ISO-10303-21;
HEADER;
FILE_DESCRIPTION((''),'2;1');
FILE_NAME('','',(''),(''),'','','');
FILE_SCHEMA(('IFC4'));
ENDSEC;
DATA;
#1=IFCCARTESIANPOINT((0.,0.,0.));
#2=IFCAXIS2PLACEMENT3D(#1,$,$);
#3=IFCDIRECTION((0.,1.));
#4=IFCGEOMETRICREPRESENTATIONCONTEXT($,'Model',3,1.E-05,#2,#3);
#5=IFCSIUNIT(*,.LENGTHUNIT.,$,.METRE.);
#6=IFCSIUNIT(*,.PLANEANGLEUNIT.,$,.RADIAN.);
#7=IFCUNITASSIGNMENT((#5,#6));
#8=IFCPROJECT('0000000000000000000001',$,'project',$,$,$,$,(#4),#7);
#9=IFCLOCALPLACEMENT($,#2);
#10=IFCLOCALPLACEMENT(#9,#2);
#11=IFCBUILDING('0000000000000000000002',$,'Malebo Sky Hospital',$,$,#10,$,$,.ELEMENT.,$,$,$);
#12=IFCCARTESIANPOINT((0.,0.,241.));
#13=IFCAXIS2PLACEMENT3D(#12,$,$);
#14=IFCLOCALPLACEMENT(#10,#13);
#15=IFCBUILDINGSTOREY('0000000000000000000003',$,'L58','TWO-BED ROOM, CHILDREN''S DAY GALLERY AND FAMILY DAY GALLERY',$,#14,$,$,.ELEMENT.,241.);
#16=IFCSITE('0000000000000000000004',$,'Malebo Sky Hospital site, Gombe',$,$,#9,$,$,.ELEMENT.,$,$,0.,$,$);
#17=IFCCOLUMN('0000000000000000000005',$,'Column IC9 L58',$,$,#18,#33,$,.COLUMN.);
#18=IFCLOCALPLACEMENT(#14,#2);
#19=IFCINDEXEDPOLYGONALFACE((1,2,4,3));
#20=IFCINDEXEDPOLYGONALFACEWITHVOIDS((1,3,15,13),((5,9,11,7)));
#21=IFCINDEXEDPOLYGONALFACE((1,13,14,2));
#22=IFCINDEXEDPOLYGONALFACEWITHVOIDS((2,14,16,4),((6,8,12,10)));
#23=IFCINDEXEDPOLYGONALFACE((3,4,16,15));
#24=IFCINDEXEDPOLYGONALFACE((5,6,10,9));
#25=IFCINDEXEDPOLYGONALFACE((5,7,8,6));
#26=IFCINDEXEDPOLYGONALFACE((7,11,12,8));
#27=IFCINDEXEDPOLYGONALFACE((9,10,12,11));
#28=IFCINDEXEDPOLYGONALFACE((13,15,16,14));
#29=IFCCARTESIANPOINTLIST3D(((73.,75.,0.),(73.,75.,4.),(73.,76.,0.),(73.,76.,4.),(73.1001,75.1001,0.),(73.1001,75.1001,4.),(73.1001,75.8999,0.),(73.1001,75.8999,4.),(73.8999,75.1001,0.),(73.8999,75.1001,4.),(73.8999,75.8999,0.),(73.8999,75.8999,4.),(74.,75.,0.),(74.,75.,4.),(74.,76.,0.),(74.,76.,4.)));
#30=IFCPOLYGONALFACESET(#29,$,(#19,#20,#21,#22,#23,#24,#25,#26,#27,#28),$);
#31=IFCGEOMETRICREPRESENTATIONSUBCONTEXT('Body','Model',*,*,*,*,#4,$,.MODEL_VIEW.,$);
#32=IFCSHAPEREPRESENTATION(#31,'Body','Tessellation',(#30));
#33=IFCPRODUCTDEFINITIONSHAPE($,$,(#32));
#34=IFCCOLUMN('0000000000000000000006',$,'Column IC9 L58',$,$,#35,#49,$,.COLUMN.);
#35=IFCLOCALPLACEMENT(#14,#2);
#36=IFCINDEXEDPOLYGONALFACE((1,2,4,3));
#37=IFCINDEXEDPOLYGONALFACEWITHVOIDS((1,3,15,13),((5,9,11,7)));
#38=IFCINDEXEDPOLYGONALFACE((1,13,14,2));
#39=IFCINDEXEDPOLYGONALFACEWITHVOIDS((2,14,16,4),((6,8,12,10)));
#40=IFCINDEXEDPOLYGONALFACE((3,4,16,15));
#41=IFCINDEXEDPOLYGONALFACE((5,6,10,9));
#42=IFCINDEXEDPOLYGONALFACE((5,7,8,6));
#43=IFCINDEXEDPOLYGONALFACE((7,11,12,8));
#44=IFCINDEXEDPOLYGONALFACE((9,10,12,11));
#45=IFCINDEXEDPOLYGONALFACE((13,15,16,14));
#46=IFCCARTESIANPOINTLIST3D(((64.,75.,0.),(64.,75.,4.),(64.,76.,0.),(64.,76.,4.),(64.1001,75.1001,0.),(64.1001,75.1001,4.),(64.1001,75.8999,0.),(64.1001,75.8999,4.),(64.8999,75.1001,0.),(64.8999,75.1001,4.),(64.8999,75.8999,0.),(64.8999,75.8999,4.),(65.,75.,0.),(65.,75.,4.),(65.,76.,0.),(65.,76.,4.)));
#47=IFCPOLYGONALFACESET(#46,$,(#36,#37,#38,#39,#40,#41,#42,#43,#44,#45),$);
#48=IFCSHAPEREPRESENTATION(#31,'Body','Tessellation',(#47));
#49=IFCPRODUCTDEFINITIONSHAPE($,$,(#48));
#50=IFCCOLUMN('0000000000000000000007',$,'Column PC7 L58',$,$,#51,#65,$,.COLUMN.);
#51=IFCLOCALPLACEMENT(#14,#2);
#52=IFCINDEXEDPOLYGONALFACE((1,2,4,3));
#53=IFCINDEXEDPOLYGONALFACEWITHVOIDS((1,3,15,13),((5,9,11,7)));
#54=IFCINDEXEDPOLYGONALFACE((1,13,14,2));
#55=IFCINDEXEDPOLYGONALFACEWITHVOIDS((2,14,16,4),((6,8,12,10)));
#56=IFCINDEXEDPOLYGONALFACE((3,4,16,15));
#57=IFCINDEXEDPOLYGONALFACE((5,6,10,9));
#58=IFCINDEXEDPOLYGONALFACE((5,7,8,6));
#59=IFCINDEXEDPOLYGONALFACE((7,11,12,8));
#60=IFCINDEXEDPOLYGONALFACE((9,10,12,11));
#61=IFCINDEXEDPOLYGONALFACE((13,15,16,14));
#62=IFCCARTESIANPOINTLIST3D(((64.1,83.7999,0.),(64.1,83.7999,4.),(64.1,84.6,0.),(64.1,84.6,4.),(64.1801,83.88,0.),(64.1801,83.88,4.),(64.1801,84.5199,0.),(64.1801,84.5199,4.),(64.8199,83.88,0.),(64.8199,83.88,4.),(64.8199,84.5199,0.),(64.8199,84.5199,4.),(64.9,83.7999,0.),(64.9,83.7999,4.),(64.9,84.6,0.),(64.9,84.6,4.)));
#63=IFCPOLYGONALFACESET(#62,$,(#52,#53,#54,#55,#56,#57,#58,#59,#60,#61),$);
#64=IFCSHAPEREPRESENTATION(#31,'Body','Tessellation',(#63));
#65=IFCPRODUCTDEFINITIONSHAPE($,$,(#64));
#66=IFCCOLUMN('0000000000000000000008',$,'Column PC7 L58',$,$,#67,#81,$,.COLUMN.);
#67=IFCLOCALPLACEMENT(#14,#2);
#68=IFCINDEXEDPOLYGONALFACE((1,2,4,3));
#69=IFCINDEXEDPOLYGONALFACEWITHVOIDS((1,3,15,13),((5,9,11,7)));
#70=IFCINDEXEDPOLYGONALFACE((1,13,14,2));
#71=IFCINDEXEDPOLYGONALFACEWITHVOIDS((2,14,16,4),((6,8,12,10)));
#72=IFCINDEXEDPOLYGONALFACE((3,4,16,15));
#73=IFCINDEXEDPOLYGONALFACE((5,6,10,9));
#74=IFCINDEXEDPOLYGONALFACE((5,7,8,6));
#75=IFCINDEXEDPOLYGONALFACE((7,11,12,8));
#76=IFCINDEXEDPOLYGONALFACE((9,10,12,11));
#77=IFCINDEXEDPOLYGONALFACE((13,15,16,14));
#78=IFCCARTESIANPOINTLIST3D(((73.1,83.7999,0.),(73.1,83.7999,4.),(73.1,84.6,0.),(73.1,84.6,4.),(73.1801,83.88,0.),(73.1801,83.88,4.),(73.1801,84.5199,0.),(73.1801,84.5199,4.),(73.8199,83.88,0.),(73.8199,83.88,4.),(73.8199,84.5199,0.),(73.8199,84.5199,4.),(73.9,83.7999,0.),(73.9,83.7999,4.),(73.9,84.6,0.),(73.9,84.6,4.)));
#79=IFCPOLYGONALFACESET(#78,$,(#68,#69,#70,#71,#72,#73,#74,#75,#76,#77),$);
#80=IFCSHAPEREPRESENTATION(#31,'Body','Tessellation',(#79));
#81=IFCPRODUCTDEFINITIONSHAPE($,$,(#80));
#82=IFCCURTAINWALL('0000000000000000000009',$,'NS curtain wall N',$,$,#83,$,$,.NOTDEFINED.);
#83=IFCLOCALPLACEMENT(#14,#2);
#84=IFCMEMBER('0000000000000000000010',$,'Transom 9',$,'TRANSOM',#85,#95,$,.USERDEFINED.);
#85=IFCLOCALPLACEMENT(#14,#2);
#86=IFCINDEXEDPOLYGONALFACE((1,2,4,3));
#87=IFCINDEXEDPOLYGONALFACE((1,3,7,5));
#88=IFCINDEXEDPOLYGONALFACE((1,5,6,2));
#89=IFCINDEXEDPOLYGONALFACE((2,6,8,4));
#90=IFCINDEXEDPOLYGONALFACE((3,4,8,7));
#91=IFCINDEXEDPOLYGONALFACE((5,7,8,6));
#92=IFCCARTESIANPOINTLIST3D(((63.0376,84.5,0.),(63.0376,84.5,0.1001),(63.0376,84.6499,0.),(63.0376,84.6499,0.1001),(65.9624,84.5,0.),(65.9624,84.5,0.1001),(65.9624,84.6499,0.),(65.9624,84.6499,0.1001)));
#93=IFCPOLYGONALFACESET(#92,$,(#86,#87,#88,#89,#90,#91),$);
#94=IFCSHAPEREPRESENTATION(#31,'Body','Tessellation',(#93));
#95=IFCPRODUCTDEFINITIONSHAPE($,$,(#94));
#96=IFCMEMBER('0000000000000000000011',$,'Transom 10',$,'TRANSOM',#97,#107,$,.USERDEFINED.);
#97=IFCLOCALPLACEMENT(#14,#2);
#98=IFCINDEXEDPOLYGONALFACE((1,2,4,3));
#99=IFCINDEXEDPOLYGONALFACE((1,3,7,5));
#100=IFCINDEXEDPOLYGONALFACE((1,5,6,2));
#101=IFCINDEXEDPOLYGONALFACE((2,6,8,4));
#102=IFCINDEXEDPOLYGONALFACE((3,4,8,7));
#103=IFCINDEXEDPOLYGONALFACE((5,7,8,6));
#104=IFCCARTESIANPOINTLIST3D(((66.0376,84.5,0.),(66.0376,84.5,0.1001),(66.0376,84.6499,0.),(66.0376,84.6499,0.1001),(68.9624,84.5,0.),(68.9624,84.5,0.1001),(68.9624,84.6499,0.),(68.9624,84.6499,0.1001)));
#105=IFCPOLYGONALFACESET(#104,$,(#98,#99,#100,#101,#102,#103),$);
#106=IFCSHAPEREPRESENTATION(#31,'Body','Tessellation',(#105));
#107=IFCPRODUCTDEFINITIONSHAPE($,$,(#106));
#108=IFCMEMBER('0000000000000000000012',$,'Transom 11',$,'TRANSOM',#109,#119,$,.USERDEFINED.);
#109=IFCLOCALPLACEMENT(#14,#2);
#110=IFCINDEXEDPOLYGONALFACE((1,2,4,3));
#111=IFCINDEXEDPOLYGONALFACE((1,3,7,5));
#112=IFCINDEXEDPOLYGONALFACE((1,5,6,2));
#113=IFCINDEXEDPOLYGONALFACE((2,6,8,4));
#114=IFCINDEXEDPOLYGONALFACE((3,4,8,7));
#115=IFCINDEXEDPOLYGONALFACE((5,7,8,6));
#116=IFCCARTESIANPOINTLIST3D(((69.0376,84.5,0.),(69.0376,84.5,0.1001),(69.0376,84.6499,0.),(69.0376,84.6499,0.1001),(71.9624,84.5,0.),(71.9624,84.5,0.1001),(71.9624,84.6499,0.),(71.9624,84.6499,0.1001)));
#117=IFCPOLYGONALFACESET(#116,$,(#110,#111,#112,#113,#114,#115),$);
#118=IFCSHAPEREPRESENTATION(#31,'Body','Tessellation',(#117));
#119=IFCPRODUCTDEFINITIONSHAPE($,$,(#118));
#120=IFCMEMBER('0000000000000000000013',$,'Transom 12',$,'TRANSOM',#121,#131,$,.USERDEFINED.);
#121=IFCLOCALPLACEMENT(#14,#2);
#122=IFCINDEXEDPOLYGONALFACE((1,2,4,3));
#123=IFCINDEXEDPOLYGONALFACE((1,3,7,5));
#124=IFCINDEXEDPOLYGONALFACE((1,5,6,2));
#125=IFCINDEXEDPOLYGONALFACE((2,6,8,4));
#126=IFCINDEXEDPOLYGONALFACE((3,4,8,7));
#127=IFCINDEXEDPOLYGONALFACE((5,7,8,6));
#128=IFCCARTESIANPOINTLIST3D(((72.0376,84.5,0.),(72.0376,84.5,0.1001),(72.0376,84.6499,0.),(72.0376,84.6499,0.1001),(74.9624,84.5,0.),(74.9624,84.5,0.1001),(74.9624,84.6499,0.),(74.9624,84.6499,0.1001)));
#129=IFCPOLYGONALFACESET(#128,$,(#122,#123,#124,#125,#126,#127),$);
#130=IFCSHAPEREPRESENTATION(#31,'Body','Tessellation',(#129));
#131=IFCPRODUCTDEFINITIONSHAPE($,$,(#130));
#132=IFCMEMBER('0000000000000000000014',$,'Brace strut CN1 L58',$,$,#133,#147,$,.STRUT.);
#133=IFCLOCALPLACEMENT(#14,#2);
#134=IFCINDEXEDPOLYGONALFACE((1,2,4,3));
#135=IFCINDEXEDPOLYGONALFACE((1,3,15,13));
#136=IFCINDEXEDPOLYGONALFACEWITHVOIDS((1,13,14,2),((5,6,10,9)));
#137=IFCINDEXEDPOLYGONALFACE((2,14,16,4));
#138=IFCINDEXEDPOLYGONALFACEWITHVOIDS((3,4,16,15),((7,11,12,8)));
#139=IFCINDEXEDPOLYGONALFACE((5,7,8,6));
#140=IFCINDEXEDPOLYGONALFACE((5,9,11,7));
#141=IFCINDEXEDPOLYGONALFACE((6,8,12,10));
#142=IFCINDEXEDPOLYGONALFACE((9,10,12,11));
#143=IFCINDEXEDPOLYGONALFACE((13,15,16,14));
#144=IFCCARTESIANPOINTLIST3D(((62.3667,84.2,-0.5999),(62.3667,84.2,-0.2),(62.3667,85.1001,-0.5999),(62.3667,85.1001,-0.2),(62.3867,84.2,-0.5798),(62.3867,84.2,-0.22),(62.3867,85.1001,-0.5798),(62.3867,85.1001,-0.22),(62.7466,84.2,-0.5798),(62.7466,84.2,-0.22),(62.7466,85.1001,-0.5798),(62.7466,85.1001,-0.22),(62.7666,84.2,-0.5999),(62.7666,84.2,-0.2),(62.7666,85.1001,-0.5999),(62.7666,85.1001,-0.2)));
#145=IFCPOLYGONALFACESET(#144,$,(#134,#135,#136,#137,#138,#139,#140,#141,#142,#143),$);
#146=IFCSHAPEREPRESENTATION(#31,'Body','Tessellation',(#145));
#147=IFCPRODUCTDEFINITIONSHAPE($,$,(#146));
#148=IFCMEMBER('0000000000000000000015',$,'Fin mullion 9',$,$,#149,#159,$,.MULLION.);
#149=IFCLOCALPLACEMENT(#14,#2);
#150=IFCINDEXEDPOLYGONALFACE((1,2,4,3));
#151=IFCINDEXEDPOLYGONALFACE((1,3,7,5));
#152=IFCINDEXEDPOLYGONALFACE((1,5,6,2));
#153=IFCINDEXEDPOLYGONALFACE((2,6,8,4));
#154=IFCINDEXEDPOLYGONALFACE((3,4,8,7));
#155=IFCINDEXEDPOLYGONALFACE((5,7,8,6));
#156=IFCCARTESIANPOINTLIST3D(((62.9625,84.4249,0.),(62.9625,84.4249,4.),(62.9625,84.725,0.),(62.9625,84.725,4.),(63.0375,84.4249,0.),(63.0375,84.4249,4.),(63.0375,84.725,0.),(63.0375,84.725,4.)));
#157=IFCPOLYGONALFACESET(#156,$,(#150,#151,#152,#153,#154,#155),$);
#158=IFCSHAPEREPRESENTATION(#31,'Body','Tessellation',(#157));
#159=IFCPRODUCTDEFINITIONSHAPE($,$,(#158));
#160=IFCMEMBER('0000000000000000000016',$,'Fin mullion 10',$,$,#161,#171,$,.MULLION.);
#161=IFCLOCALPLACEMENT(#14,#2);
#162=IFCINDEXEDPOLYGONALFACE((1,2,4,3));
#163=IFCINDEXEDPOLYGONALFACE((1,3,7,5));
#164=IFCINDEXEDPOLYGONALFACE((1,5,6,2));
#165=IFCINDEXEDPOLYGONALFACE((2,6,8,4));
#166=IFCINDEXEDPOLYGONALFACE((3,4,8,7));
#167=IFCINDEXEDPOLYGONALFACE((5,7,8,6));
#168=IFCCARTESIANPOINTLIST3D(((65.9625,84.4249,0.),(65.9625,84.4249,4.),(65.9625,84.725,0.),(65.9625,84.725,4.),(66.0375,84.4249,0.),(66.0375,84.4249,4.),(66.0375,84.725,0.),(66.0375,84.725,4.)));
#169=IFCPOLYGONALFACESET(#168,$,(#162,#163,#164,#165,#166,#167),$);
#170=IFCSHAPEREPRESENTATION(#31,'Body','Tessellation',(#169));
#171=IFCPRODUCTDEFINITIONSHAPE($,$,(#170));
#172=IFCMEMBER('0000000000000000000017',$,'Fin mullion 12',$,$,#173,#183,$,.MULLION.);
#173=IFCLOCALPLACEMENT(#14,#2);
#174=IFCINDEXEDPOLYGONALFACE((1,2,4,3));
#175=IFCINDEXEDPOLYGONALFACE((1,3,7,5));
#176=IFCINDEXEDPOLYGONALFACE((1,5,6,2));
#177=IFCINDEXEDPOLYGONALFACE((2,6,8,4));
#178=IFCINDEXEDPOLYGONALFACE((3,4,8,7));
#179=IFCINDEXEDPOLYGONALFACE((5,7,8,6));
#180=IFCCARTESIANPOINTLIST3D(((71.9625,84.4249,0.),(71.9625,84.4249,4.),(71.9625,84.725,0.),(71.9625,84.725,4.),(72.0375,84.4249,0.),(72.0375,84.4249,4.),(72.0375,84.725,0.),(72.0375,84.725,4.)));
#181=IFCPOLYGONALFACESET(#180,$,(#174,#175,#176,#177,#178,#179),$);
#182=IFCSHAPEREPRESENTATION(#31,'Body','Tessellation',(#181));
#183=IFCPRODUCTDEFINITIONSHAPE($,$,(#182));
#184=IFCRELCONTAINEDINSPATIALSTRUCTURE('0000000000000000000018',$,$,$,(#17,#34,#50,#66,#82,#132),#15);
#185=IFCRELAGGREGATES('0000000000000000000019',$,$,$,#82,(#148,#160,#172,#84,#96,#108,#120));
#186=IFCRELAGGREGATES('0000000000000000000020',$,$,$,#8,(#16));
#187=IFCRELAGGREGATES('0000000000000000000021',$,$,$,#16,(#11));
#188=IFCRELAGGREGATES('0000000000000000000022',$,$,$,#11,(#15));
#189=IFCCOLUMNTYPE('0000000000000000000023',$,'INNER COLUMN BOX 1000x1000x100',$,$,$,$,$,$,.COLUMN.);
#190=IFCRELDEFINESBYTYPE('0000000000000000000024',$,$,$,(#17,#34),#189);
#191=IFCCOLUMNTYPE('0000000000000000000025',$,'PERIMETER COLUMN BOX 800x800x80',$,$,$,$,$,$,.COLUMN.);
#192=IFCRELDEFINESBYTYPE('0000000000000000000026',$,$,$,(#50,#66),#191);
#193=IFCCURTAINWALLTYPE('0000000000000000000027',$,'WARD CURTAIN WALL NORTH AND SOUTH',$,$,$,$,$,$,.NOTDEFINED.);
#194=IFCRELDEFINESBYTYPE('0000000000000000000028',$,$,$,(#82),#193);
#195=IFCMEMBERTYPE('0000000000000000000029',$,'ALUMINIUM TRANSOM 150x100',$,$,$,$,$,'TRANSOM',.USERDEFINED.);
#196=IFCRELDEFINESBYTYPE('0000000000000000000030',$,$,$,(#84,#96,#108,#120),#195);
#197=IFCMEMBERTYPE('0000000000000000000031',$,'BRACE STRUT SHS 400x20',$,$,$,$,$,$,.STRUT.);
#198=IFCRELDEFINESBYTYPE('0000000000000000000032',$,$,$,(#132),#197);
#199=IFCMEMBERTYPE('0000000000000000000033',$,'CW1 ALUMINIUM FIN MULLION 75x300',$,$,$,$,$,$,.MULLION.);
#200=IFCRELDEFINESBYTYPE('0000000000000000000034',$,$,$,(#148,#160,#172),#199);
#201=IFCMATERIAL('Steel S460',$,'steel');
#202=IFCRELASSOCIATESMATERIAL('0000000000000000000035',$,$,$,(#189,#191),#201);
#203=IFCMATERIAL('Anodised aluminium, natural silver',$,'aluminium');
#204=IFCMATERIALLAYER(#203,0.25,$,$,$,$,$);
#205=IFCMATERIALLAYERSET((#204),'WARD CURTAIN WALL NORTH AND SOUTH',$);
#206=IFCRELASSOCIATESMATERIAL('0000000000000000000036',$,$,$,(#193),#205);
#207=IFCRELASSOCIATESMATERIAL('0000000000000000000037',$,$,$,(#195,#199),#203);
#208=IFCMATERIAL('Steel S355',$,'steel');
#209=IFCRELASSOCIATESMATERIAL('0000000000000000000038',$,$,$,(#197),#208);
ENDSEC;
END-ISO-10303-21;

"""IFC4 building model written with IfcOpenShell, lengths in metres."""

from ifc_helpers import new_model, si_unit, direction, frame, origin, origin_2d, place, context, subcontext, project, spatial, rectangle, hollow_rectangle, extrude, material, layer, layer_set, material_profile, profile_set, type_object, element, aggregate, save


model = new_model("IFC4")

# Units and contexts
model_context = context("Model", 3, precision=1e-05, world=origin(), true_north=direction((0.0, 1.0)))
body_context = subcontext(model_context, "Body", "Model", "MODEL_VIEW")
ifc_project = project(units=[si_unit("LENGTHUNIT", "METRE"), si_unit("PLANEANGLEUNIT", "RADIAN")], contexts=[model_context])

# Site, building, storey
site_placement = place(None, origin())
site = spatial("IfcSite", under=ifc_project, at=site_placement, Name="Malebo Sky Hospital site, Gombe", CompositionType="ELEMENT", RefElevation=0.0)
building_placement = place(site_placement, origin())
building = spatial("IfcBuilding", under=site, at=building_placement, Name="Malebo Sky Hospital", CompositionType="ELEMENT")
storey_placement = place(building_placement, frame((0.0, 0.0, 241.0)))
storey = spatial("IfcBuildingStorey", under=building, at=storey_placement, Name="L58", Description="TWO-BED ROOM, CHILDREN'S DAY GALLERY AND FAMILY DAY GALLERY", CompositionType="ELEMENT", Elevation=241.0)

# Columns
ifc_material_1 = material(Name="Steel S460", Category="steel")
ifc_material_profile_1 = material_profile(ifc_material_1, hollow_rectangle(XDim=1.0, YDim=1.0, WallThickness=0.1001, at=origin_2d()), Name="BOX 1000x1000x100")
ifc_profile_set_1 = profile_set([ifc_material_profile_1], Name="Steel S460")
column_type_1 = type_object("IfcColumnType", Name="INNER COLUMN BOX 1000x1000x100", PredefinedType="COLUMN", material=ifc_profile_set_1)
for number, where, z_axis, x_axis, name in (
    (1, (73.5, 75.5, 0.0), (0.0, 0.0, 1.0), (1.0, 0.0, 0.0), "Column IC9 L58"),
    (2, (64.5, 75.5, 0.0), (0.0, 0.0, 1.0), (1.0, 0.0, 0.0), "Column IC9 L58"),
):
    element("IfcColumn", number, at=place(storey_placement, frame(where, z_axis=z_axis, x_axis=x_axis)), inside=storey, type_object=column_type_1, Name=name, PredefinedType="COLUMN", context=body_context, shape_type="SweptSolid", body=[
        extrude(hollow_rectangle(XDim=1.0, YDim=1.0, WallThickness=0.1001, at=origin_2d()), origin(), (0.0, 0.0, 1.0), 4.0),
    ])
ifc_material_profile_2 = material_profile(ifc_material_1, hollow_rectangle(XDim=0.8, YDim=0.8, WallThickness=0.0801, at=origin_2d()), Name="BOX 800x800x80")
ifc_profile_set_2 = profile_set([ifc_material_profile_2], Name="Steel S460")
column_type_2 = type_object("IfcColumnType", Name="PERIMETER COLUMN BOX 800x800x80", PredefinedType="COLUMN", material=ifc_profile_set_2)
for number, where, z_axis, x_axis, name in (
    (3, (64.5, 84.2, 0.0), (0.0, 0.0, 1.0), (1.0, 0.0, 0.0), "Column PC7 L58"),
    (4, (73.5, 84.2, 0.0), (0.0, 0.0, 1.0), (1.0, 0.0, 0.0), "Column PC7 L58"),
):
    element("IfcColumn", number, at=place(storey_placement, frame(where, z_axis=z_axis, x_axis=x_axis)), inside=storey, type_object=column_type_2, Name=name, PredefinedType="COLUMN", context=body_context, shape_type="SweptSolid", body=[
        extrude(hollow_rectangle(XDim=0.8, YDim=0.8, WallThickness=0.0801, at=origin_2d()), origin(), (0.0, 0.0, 1.0), 4.0),
    ])

# Curtain wall, members
ifc_material_2 = material(Name="Anodised aluminium, natural silver", Category="aluminium")
ifc_layer_1 = layer(ifc_material_2, 0.25)
ifc_layer_set_1 = layer_set([ifc_layer_1], Name="WARD CURTAIN WALL NORTH AND SOUTH")
curtain_wall_type = type_object("IfcCurtainWallType", Name="WARD CURTAIN WALL NORTH AND SOUTH", PredefinedType="NOTDEFINED", material=ifc_layer_set_1)
curtain_wall_placement = place(storey_placement, origin())
curtain_wall = element("IfcCurtainWall", 5, at=curtain_wall_placement, inside=storey, type_object=curtain_wall_type, Name="NS curtain wall N", PredefinedType="NOTDEFINED")
ifc_material_profile_3 = material_profile(ifc_material_2, rectangle(XDim=0.1499, YDim=0.1001, at=origin_2d()), Name="ALUMINIUM TRANSOM 150x100")
ifc_profile_set_3 = profile_set([ifc_material_profile_3], Name="Anodised aluminium, natural silver")
member_type_1 = type_object("IfcMemberType", Name="ALUMINIUM TRANSOM 150x100", ElementType="TRANSOM", PredefinedType="USERDEFINED", material=ifc_profile_set_3)
member_1_placement = place(storey_placement, frame((63.0376, 84.575, 0.05), z_axis=(1.0, 0.0, 0.0), x_axis=(0.0, 1.0, 0.0)))
member_1 = element("IfcMember", 6, at=member_1_placement, type_object=member_type_1, Name="Transom 9", ObjectType="TRANSOM", PredefinedType="USERDEFINED", context=body_context, shape_type="SweptSolid", body=[
    extrude(rectangle(XDim=0.1499, YDim=0.1001, at=origin_2d()), origin(), (0.0, 0.0, 1.0), 2.9248),
])
member_2_placement = place(storey_placement, frame((66.0376, 84.575, 0.05), z_axis=(1.0, 0.0, 0.0), x_axis=(0.0, 1.0, 0.0)))
member_2 = element("IfcMember", 7, at=member_2_placement, type_object=member_type_1, Name="Transom 10", ObjectType="TRANSOM", PredefinedType="USERDEFINED", context=body_context, shape_type="SweptSolid", body=[
    extrude(rectangle(XDim=0.1499, YDim=0.1001, at=origin_2d()), origin(), (0.0, 0.0, 1.0), 2.9248),
])
member_3_placement = place(storey_placement, frame((69.0376, 84.575, 0.05), z_axis=(1.0, 0.0, 0.0), x_axis=(0.0, 1.0, 0.0)))
member_3 = element("IfcMember", 8, at=member_3_placement, type_object=member_type_1, Name="Transom 11", ObjectType="TRANSOM", PredefinedType="USERDEFINED", context=body_context, shape_type="SweptSolid", body=[
    extrude(rectangle(XDim=0.1499, YDim=0.1001, at=origin_2d()), origin(), (0.0, 0.0, 1.0), 2.9248),
])
member_4_placement = place(storey_placement, frame((72.0376, 84.575, 0.05), z_axis=(1.0, 0.0, 0.0), x_axis=(0.0, 1.0, 0.0)))
member_4 = element("IfcMember", 9, at=member_4_placement, type_object=member_type_1, Name="Transom 12", ObjectType="TRANSOM", PredefinedType="USERDEFINED", context=body_context, shape_type="SweptSolid", body=[
    extrude(rectangle(XDim=0.1499, YDim=0.1001, at=origin_2d()), origin(), (0.0, 0.0, 1.0), 2.9248),
])

# Members
ifc_material_3 = material(Name="Steel S355", Category="steel")
ifc_material_profile_4 = material_profile(ifc_material_3, hollow_rectangle(XDim=0.3999, YDim=0.3999, WallThickness=0.02, at=origin_2d()), Name="SHS 400x20")
ifc_profile_set_4 = profile_set([ifc_material_profile_4], Name="Steel S355")
member_type_2 = type_object("IfcMemberType", Name="BRACE STRUT SHS 400x20", PredefinedType="STRUT", material=ifc_profile_set_4)
member_5_placement = place(storey_placement, frame((62.5667, 85.1001, -0.3999), z_axis=(0.0, -1.0, 0.0), x_axis=(1.0, 0.0, 0.0)))
element("IfcMember", 10, at=member_5_placement, inside=storey, type_object=member_type_2, Name="Brace strut CN1 L58", PredefinedType="STRUT", context=body_context, shape_type="SweptSolid", body=[
    extrude(hollow_rectangle(XDim=0.3999, YDim=0.3999, WallThickness=0.02, at=origin_2d()), origin(), (0.0, 0.0, 1.0), 0.9001),
])
ifc_material_profile_5 = material_profile(ifc_material_2, rectangle(XDim=0.075, YDim=0.3, at=origin_2d()), Name="CW1 ALUMINIUM FIN MULLION 75x300")
ifc_profile_set_5 = profile_set([ifc_material_profile_5], Name="Anodised aluminium, natural silver")
member_type_3 = type_object("IfcMemberType", Name="CW1 ALUMINIUM FIN MULLION 75x300", PredefinedType="MULLION", material=ifc_profile_set_5)
member_6_placement = place(storey_placement, frame((63.0, 84.575, 0.0), z_axis=(0.0, 0.0, 1.0), x_axis=(1.0, 0.0, 0.0)))
member_6 = element("IfcMember", 11, at=member_6_placement, type_object=member_type_3, Name="Fin mullion 9", PredefinedType="MULLION", context=body_context, shape_type="SweptSolid", body=[
    extrude(rectangle(XDim=0.075, YDim=0.3, at=origin_2d()), origin(), (0.0, 0.0, 1.0), 4.0),
])
member_7_placement = place(storey_placement, frame((66.0, 84.575, 0.0), z_axis=(0.0, 0.0, 1.0), x_axis=(1.0, 0.0, 0.0)))
member_7 = element("IfcMember", 12, at=member_7_placement, type_object=member_type_3, Name="Fin mullion 10", PredefinedType="MULLION", context=body_context, shape_type="SweptSolid", body=[
    extrude(rectangle(XDim=0.075, YDim=0.3, at=origin_2d()), origin(), (0.0, 0.0, 1.0), 4.0),
])
member_8_placement = place(storey_placement, frame((72.0, 84.575, 0.0), z_axis=(0.0, 0.0, 1.0), x_axis=(1.0, 0.0, 0.0)))
member_8 = element("IfcMember", 13, at=member_8_placement, type_object=member_type_3, Name="Fin mullion 12", PredefinedType="MULLION", context=body_context, shape_type="SweptSolid", body=[
    extrude(rectangle(XDim=0.075, YDim=0.3, at=origin_2d()), origin(), (0.0, 0.0, 1.0), 4.0),
])

aggregate(curtain_wall, [member_6, member_7, member_8, member_1, member_2, member_3, member_4])

save(model, "model.ifc")
